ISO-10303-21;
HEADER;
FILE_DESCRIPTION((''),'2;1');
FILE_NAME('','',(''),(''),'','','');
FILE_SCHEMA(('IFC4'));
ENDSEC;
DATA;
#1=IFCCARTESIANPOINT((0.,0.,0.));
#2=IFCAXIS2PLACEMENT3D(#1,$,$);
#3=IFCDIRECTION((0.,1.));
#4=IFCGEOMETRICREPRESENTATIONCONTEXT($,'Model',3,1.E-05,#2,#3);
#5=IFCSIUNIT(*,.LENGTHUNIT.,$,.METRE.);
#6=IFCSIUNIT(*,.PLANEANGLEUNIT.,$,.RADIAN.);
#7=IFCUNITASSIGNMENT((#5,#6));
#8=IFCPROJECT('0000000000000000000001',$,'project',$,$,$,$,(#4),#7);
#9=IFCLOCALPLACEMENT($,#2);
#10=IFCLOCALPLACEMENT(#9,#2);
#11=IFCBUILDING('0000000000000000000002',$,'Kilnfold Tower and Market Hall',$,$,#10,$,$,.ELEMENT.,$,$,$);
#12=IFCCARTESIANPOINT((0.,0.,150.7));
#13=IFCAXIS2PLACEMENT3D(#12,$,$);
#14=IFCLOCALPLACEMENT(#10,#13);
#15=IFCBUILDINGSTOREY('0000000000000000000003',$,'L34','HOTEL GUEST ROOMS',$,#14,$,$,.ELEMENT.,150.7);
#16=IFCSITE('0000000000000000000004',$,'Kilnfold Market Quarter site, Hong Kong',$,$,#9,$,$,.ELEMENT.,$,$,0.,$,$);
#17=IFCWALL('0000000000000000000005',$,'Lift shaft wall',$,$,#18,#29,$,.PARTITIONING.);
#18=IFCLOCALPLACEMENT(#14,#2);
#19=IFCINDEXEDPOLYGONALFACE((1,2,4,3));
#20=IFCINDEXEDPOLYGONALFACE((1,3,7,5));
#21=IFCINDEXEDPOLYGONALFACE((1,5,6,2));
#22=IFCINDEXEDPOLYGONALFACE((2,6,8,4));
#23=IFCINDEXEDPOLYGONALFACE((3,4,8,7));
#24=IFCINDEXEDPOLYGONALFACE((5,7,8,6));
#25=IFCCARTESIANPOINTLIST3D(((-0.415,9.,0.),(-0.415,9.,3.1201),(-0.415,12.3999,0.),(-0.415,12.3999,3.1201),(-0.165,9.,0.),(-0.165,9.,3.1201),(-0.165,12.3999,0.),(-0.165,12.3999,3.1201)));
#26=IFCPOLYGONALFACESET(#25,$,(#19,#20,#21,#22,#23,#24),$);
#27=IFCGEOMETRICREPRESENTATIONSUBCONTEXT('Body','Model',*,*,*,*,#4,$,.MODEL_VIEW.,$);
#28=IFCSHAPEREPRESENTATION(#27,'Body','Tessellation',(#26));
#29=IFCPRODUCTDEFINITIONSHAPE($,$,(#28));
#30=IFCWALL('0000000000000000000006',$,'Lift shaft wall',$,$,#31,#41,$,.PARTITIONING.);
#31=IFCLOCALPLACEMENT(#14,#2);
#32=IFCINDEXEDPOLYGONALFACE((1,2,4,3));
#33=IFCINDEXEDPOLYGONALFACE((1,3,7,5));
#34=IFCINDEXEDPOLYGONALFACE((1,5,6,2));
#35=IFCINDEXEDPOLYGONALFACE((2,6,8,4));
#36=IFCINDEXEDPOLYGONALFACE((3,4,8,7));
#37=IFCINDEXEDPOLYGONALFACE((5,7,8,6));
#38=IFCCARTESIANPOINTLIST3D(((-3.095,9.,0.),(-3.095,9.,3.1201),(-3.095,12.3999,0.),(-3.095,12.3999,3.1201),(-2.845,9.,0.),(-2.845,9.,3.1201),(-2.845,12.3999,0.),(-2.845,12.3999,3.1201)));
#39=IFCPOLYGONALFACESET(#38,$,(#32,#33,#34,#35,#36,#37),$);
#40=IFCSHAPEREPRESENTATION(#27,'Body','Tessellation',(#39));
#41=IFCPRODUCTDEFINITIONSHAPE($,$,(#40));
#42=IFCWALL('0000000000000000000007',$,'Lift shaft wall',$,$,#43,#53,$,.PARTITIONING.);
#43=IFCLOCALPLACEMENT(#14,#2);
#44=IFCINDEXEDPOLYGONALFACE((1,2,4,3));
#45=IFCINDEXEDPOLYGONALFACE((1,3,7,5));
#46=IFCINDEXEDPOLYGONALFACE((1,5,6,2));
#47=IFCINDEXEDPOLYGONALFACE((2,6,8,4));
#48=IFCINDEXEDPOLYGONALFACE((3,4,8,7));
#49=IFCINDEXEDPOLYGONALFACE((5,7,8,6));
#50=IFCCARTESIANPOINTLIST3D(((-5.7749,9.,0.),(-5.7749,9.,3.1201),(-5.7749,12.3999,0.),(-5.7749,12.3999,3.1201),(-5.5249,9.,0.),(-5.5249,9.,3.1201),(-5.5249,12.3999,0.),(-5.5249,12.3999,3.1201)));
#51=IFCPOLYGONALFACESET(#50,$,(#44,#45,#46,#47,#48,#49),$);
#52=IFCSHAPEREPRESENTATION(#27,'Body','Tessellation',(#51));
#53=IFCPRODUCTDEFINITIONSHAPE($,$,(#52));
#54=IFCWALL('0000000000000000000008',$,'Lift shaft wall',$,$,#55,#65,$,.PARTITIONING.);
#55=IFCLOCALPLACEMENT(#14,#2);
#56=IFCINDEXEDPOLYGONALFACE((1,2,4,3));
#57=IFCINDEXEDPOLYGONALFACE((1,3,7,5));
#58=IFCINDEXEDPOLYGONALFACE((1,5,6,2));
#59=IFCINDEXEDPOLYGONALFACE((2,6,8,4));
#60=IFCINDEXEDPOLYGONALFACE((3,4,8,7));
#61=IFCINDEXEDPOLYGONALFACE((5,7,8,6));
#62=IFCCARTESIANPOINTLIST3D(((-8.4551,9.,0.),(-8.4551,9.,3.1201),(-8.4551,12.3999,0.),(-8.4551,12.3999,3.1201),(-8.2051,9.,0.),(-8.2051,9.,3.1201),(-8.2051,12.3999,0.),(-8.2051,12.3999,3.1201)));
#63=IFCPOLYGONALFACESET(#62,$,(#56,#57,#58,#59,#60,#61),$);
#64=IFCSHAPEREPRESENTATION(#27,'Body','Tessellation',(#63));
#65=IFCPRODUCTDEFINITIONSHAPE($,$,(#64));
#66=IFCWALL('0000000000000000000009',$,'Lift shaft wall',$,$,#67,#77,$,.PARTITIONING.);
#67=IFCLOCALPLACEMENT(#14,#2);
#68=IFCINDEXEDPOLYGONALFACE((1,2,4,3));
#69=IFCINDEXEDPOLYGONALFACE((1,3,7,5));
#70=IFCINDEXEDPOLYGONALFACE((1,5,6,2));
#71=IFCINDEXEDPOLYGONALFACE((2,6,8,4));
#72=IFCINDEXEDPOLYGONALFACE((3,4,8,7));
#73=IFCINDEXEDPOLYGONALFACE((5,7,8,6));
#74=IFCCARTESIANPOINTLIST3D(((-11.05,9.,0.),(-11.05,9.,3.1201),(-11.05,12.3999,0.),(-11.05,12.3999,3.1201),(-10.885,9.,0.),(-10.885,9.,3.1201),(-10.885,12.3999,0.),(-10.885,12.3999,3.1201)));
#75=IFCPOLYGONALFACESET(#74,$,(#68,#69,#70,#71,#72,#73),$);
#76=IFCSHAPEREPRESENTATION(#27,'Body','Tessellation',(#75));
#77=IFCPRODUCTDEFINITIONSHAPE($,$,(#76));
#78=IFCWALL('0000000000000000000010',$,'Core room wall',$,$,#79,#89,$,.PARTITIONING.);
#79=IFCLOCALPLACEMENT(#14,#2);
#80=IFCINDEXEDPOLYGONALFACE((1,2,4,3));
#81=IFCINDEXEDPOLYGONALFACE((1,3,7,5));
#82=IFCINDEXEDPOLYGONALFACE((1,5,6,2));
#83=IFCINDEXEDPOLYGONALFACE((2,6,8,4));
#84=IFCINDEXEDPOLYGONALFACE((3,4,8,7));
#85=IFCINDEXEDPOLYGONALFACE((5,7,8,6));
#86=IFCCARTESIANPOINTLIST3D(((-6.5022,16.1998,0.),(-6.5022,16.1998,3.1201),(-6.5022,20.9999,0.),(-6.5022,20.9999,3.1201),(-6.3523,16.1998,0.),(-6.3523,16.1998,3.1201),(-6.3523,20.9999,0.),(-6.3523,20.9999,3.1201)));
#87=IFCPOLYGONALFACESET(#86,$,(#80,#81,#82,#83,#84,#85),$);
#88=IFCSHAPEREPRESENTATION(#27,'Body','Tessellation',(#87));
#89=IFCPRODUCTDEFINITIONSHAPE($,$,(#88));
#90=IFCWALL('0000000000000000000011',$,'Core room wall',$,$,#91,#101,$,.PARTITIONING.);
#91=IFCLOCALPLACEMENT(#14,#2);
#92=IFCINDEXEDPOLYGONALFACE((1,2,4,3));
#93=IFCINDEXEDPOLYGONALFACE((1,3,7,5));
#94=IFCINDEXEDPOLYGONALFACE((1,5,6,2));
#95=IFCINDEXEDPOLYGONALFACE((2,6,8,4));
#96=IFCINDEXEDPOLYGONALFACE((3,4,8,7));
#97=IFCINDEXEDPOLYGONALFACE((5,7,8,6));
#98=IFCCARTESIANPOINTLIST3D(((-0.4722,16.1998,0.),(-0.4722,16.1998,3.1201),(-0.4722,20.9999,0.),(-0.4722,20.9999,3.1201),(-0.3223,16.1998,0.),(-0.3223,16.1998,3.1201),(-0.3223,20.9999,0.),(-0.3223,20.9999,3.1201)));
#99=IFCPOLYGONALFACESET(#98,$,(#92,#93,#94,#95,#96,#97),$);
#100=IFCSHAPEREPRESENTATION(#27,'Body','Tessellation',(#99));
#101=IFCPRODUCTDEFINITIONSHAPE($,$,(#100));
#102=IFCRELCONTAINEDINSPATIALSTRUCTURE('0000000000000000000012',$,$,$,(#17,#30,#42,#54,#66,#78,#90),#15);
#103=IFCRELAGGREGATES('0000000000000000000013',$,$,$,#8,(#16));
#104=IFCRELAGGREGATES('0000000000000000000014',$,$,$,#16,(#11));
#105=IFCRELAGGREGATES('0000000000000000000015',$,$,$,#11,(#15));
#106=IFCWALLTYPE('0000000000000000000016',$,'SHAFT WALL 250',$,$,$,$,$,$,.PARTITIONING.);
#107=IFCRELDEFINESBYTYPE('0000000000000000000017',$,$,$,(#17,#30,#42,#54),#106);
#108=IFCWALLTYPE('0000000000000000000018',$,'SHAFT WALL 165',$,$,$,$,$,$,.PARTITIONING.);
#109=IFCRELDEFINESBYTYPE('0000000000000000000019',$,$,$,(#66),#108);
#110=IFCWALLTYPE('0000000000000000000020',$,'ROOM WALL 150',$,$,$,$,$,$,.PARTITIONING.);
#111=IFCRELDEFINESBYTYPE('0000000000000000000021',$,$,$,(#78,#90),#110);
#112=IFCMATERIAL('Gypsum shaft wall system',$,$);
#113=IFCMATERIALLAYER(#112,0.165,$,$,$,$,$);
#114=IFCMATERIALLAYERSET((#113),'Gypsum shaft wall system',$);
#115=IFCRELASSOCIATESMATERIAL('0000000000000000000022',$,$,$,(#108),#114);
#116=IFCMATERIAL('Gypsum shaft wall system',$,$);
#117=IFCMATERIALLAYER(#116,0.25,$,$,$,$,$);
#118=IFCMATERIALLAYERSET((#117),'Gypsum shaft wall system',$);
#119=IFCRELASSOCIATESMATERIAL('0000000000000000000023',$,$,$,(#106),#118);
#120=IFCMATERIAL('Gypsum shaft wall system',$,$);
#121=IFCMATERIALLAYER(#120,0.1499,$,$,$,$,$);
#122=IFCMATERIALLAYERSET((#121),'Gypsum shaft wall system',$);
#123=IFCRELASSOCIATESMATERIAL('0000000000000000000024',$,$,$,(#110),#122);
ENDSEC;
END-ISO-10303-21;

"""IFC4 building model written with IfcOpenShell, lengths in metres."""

from ifc_helpers import new_model, si_unit, direction, frame, frame_2d, origin, place, context, subcontext, project, spatial, rectangle, extrude, source, transform, mapped, material, layer, layer_set, type_object, element, save


model = new_model("IFC4")

# Units and contexts
model_context = context("Model", 3, precision=1e-05, world=origin(), true_north=direction((0.0, 1.0)))
body_context = subcontext(model_context, "Body", "Model", "MODEL_VIEW")
ifc_project = project(units=[si_unit("LENGTHUNIT", "METRE"), si_unit("PLANEANGLEUNIT", "RADIAN")], contexts=[model_context])

# Site, building, storey
site_placement = place(None, origin())
site = spatial("IfcSite", under=ifc_project, at=site_placement, Name="Kilnfold Market Quarter site, Hong Kong", CompositionType="ELEMENT", RefElevation=0.0)
building_placement = place(site_placement, origin())
building = spatial("IfcBuilding", under=site, at=building_placement, Name="Kilnfold Tower and Market Hall", CompositionType="ELEMENT")
storey_placement = place(building_placement, frame((0.0, 0.0, 150.7)))
storey = spatial("IfcBuildingStorey", under=building, at=storey_placement, Name="L34", Description="HOTEL GUEST ROOMS", CompositionType="ELEMENT", Elevation=150.7)

# Walls
ifc_material_1 = material(Name="Gypsum shaft wall system")
ifc_layer_1 = layer(ifc_material_1, 0.165)
ifc_layer_set_1 = layer_set([ifc_layer_1], Name="Gypsum shaft wall system")
wall_type_1 = type_object("IfcWallType", Name="SHAFT WALL 165", PredefinedType="PARTITIONING", material=ifc_layer_set_1)
ifc_material_2 = material(Name="Gypsum shaft wall system")
ifc_layer_2 = layer(ifc_material_2, 0.25)
ifc_layer_set_2 = layer_set([ifc_layer_2], Name="Gypsum shaft wall system")
wall_type_2 = type_object("IfcWallType", Name="SHAFT WALL 250", PredefinedType="PARTITIONING", material=ifc_layer_set_2)
shared_shape_1 = source(origin(), body_context, "Body", "SweptSolid", [
    extrude(rectangle(XDim=3.3999, YDim=0.25, at=frame_2d((1.7, 0.0))), origin(), (0.0, 0.0, 1.0), 3.1201),
])
for number, where, z_axis, x_axis, name in (
    (1, (-0.29, 9.0, 0.0), (0.0, 0.0, 1.0), (0.0, 1.0, 0.0), "Lift shaft wall"),
    (2, (-2.97, 9.0, 0.0), (0.0, 0.0, 1.0), (0.0, 1.0, 0.0), "Lift shaft wall"),
    (3, (-5.6499, 9.0, 0.0), (0.0, 0.0, 1.0), (0.0, 1.0, 0.0), "Lift shaft wall"),
    (4, (-8.3301, 9.0, 0.0), (0.0, 0.0, 1.0), (0.0, 1.0, 0.0), "Lift shaft wall"),
):
    element("IfcWall", number, at=place(storey_placement, frame(where, z_axis=z_axis, x_axis=x_axis)), inside=storey, type_object=wall_type_2, Name=name, PredefinedType="PARTITIONING", context=body_context, shape_type="MappedRepresentation", body=[
        mapped(shared_shape_1, transform((0.0, 0.0, 0.0))),
    ])
shared_shape_2 = source(origin(), body_context, "Body", "SweptSolid", [
    extrude(rectangle(XDim=3.3999, YDim=0.165, at=frame_2d((1.7, 0.0))), origin(), (0.0, 0.0, 1.0), 3.1201),
])
wall_1_placement = place(storey_placement, frame((-10.9675, 9.0, 0.0), z_axis=(0.0, 0.0, 1.0), x_axis=(0.0, 1.0, 0.0)))
element("IfcWall", 5, at=wall_1_placement, inside=storey, type_object=wall_type_1, Name="Lift shaft wall", PredefinedType="PARTITIONING", context=body_context, shape_type="MappedRepresentation", body=[
    mapped(shared_shape_2, transform((0.0, 0.0, 0.0))),
])
ifc_material_3 = material(Name="Gypsum shaft wall system")
ifc_layer_3 = layer(ifc_material_3, 0.1499)
ifc_layer_set_3 = layer_set([ifc_layer_3], Name="Gypsum shaft wall system")
wall_type_3 = type_object("IfcWallType", Name="ROOM WALL 150", PredefinedType="PARTITIONING", material=ifc_layer_set_3)
shared_shape_3 = source(origin(), body_context, "Body", "SweptSolid", [
    extrude(rectangle(XDim=4.8, YDim=0.1499, at=frame_2d((2.3999, 0.0))), origin(), (0.0, 0.0, 1.0), 3.1201),
])
for number, where, z_axis, x_axis, name in (
    (6, (-6.4272, 16.2, 0.0), (0.0, 0.0, 1.0), (0.0, 1.0, 0.0), "Core room wall"),
    (7, (-0.3972, 16.2, 0.0), (0.0, 0.0, 1.0), (0.0, 1.0, 0.0), "Core room wall"),
):
    element("IfcWall", number, at=place(storey_placement, frame(where, z_axis=z_axis, x_axis=x_axis)), inside=storey, type_object=wall_type_3, Name=name, PredefinedType="PARTITIONING", context=body_context, shape_type="MappedRepresentation", body=[
        mapped(shared_shape_3, transform((0.0, 0.0, 0.0))),
    ])

save(model, "model.ifc")
